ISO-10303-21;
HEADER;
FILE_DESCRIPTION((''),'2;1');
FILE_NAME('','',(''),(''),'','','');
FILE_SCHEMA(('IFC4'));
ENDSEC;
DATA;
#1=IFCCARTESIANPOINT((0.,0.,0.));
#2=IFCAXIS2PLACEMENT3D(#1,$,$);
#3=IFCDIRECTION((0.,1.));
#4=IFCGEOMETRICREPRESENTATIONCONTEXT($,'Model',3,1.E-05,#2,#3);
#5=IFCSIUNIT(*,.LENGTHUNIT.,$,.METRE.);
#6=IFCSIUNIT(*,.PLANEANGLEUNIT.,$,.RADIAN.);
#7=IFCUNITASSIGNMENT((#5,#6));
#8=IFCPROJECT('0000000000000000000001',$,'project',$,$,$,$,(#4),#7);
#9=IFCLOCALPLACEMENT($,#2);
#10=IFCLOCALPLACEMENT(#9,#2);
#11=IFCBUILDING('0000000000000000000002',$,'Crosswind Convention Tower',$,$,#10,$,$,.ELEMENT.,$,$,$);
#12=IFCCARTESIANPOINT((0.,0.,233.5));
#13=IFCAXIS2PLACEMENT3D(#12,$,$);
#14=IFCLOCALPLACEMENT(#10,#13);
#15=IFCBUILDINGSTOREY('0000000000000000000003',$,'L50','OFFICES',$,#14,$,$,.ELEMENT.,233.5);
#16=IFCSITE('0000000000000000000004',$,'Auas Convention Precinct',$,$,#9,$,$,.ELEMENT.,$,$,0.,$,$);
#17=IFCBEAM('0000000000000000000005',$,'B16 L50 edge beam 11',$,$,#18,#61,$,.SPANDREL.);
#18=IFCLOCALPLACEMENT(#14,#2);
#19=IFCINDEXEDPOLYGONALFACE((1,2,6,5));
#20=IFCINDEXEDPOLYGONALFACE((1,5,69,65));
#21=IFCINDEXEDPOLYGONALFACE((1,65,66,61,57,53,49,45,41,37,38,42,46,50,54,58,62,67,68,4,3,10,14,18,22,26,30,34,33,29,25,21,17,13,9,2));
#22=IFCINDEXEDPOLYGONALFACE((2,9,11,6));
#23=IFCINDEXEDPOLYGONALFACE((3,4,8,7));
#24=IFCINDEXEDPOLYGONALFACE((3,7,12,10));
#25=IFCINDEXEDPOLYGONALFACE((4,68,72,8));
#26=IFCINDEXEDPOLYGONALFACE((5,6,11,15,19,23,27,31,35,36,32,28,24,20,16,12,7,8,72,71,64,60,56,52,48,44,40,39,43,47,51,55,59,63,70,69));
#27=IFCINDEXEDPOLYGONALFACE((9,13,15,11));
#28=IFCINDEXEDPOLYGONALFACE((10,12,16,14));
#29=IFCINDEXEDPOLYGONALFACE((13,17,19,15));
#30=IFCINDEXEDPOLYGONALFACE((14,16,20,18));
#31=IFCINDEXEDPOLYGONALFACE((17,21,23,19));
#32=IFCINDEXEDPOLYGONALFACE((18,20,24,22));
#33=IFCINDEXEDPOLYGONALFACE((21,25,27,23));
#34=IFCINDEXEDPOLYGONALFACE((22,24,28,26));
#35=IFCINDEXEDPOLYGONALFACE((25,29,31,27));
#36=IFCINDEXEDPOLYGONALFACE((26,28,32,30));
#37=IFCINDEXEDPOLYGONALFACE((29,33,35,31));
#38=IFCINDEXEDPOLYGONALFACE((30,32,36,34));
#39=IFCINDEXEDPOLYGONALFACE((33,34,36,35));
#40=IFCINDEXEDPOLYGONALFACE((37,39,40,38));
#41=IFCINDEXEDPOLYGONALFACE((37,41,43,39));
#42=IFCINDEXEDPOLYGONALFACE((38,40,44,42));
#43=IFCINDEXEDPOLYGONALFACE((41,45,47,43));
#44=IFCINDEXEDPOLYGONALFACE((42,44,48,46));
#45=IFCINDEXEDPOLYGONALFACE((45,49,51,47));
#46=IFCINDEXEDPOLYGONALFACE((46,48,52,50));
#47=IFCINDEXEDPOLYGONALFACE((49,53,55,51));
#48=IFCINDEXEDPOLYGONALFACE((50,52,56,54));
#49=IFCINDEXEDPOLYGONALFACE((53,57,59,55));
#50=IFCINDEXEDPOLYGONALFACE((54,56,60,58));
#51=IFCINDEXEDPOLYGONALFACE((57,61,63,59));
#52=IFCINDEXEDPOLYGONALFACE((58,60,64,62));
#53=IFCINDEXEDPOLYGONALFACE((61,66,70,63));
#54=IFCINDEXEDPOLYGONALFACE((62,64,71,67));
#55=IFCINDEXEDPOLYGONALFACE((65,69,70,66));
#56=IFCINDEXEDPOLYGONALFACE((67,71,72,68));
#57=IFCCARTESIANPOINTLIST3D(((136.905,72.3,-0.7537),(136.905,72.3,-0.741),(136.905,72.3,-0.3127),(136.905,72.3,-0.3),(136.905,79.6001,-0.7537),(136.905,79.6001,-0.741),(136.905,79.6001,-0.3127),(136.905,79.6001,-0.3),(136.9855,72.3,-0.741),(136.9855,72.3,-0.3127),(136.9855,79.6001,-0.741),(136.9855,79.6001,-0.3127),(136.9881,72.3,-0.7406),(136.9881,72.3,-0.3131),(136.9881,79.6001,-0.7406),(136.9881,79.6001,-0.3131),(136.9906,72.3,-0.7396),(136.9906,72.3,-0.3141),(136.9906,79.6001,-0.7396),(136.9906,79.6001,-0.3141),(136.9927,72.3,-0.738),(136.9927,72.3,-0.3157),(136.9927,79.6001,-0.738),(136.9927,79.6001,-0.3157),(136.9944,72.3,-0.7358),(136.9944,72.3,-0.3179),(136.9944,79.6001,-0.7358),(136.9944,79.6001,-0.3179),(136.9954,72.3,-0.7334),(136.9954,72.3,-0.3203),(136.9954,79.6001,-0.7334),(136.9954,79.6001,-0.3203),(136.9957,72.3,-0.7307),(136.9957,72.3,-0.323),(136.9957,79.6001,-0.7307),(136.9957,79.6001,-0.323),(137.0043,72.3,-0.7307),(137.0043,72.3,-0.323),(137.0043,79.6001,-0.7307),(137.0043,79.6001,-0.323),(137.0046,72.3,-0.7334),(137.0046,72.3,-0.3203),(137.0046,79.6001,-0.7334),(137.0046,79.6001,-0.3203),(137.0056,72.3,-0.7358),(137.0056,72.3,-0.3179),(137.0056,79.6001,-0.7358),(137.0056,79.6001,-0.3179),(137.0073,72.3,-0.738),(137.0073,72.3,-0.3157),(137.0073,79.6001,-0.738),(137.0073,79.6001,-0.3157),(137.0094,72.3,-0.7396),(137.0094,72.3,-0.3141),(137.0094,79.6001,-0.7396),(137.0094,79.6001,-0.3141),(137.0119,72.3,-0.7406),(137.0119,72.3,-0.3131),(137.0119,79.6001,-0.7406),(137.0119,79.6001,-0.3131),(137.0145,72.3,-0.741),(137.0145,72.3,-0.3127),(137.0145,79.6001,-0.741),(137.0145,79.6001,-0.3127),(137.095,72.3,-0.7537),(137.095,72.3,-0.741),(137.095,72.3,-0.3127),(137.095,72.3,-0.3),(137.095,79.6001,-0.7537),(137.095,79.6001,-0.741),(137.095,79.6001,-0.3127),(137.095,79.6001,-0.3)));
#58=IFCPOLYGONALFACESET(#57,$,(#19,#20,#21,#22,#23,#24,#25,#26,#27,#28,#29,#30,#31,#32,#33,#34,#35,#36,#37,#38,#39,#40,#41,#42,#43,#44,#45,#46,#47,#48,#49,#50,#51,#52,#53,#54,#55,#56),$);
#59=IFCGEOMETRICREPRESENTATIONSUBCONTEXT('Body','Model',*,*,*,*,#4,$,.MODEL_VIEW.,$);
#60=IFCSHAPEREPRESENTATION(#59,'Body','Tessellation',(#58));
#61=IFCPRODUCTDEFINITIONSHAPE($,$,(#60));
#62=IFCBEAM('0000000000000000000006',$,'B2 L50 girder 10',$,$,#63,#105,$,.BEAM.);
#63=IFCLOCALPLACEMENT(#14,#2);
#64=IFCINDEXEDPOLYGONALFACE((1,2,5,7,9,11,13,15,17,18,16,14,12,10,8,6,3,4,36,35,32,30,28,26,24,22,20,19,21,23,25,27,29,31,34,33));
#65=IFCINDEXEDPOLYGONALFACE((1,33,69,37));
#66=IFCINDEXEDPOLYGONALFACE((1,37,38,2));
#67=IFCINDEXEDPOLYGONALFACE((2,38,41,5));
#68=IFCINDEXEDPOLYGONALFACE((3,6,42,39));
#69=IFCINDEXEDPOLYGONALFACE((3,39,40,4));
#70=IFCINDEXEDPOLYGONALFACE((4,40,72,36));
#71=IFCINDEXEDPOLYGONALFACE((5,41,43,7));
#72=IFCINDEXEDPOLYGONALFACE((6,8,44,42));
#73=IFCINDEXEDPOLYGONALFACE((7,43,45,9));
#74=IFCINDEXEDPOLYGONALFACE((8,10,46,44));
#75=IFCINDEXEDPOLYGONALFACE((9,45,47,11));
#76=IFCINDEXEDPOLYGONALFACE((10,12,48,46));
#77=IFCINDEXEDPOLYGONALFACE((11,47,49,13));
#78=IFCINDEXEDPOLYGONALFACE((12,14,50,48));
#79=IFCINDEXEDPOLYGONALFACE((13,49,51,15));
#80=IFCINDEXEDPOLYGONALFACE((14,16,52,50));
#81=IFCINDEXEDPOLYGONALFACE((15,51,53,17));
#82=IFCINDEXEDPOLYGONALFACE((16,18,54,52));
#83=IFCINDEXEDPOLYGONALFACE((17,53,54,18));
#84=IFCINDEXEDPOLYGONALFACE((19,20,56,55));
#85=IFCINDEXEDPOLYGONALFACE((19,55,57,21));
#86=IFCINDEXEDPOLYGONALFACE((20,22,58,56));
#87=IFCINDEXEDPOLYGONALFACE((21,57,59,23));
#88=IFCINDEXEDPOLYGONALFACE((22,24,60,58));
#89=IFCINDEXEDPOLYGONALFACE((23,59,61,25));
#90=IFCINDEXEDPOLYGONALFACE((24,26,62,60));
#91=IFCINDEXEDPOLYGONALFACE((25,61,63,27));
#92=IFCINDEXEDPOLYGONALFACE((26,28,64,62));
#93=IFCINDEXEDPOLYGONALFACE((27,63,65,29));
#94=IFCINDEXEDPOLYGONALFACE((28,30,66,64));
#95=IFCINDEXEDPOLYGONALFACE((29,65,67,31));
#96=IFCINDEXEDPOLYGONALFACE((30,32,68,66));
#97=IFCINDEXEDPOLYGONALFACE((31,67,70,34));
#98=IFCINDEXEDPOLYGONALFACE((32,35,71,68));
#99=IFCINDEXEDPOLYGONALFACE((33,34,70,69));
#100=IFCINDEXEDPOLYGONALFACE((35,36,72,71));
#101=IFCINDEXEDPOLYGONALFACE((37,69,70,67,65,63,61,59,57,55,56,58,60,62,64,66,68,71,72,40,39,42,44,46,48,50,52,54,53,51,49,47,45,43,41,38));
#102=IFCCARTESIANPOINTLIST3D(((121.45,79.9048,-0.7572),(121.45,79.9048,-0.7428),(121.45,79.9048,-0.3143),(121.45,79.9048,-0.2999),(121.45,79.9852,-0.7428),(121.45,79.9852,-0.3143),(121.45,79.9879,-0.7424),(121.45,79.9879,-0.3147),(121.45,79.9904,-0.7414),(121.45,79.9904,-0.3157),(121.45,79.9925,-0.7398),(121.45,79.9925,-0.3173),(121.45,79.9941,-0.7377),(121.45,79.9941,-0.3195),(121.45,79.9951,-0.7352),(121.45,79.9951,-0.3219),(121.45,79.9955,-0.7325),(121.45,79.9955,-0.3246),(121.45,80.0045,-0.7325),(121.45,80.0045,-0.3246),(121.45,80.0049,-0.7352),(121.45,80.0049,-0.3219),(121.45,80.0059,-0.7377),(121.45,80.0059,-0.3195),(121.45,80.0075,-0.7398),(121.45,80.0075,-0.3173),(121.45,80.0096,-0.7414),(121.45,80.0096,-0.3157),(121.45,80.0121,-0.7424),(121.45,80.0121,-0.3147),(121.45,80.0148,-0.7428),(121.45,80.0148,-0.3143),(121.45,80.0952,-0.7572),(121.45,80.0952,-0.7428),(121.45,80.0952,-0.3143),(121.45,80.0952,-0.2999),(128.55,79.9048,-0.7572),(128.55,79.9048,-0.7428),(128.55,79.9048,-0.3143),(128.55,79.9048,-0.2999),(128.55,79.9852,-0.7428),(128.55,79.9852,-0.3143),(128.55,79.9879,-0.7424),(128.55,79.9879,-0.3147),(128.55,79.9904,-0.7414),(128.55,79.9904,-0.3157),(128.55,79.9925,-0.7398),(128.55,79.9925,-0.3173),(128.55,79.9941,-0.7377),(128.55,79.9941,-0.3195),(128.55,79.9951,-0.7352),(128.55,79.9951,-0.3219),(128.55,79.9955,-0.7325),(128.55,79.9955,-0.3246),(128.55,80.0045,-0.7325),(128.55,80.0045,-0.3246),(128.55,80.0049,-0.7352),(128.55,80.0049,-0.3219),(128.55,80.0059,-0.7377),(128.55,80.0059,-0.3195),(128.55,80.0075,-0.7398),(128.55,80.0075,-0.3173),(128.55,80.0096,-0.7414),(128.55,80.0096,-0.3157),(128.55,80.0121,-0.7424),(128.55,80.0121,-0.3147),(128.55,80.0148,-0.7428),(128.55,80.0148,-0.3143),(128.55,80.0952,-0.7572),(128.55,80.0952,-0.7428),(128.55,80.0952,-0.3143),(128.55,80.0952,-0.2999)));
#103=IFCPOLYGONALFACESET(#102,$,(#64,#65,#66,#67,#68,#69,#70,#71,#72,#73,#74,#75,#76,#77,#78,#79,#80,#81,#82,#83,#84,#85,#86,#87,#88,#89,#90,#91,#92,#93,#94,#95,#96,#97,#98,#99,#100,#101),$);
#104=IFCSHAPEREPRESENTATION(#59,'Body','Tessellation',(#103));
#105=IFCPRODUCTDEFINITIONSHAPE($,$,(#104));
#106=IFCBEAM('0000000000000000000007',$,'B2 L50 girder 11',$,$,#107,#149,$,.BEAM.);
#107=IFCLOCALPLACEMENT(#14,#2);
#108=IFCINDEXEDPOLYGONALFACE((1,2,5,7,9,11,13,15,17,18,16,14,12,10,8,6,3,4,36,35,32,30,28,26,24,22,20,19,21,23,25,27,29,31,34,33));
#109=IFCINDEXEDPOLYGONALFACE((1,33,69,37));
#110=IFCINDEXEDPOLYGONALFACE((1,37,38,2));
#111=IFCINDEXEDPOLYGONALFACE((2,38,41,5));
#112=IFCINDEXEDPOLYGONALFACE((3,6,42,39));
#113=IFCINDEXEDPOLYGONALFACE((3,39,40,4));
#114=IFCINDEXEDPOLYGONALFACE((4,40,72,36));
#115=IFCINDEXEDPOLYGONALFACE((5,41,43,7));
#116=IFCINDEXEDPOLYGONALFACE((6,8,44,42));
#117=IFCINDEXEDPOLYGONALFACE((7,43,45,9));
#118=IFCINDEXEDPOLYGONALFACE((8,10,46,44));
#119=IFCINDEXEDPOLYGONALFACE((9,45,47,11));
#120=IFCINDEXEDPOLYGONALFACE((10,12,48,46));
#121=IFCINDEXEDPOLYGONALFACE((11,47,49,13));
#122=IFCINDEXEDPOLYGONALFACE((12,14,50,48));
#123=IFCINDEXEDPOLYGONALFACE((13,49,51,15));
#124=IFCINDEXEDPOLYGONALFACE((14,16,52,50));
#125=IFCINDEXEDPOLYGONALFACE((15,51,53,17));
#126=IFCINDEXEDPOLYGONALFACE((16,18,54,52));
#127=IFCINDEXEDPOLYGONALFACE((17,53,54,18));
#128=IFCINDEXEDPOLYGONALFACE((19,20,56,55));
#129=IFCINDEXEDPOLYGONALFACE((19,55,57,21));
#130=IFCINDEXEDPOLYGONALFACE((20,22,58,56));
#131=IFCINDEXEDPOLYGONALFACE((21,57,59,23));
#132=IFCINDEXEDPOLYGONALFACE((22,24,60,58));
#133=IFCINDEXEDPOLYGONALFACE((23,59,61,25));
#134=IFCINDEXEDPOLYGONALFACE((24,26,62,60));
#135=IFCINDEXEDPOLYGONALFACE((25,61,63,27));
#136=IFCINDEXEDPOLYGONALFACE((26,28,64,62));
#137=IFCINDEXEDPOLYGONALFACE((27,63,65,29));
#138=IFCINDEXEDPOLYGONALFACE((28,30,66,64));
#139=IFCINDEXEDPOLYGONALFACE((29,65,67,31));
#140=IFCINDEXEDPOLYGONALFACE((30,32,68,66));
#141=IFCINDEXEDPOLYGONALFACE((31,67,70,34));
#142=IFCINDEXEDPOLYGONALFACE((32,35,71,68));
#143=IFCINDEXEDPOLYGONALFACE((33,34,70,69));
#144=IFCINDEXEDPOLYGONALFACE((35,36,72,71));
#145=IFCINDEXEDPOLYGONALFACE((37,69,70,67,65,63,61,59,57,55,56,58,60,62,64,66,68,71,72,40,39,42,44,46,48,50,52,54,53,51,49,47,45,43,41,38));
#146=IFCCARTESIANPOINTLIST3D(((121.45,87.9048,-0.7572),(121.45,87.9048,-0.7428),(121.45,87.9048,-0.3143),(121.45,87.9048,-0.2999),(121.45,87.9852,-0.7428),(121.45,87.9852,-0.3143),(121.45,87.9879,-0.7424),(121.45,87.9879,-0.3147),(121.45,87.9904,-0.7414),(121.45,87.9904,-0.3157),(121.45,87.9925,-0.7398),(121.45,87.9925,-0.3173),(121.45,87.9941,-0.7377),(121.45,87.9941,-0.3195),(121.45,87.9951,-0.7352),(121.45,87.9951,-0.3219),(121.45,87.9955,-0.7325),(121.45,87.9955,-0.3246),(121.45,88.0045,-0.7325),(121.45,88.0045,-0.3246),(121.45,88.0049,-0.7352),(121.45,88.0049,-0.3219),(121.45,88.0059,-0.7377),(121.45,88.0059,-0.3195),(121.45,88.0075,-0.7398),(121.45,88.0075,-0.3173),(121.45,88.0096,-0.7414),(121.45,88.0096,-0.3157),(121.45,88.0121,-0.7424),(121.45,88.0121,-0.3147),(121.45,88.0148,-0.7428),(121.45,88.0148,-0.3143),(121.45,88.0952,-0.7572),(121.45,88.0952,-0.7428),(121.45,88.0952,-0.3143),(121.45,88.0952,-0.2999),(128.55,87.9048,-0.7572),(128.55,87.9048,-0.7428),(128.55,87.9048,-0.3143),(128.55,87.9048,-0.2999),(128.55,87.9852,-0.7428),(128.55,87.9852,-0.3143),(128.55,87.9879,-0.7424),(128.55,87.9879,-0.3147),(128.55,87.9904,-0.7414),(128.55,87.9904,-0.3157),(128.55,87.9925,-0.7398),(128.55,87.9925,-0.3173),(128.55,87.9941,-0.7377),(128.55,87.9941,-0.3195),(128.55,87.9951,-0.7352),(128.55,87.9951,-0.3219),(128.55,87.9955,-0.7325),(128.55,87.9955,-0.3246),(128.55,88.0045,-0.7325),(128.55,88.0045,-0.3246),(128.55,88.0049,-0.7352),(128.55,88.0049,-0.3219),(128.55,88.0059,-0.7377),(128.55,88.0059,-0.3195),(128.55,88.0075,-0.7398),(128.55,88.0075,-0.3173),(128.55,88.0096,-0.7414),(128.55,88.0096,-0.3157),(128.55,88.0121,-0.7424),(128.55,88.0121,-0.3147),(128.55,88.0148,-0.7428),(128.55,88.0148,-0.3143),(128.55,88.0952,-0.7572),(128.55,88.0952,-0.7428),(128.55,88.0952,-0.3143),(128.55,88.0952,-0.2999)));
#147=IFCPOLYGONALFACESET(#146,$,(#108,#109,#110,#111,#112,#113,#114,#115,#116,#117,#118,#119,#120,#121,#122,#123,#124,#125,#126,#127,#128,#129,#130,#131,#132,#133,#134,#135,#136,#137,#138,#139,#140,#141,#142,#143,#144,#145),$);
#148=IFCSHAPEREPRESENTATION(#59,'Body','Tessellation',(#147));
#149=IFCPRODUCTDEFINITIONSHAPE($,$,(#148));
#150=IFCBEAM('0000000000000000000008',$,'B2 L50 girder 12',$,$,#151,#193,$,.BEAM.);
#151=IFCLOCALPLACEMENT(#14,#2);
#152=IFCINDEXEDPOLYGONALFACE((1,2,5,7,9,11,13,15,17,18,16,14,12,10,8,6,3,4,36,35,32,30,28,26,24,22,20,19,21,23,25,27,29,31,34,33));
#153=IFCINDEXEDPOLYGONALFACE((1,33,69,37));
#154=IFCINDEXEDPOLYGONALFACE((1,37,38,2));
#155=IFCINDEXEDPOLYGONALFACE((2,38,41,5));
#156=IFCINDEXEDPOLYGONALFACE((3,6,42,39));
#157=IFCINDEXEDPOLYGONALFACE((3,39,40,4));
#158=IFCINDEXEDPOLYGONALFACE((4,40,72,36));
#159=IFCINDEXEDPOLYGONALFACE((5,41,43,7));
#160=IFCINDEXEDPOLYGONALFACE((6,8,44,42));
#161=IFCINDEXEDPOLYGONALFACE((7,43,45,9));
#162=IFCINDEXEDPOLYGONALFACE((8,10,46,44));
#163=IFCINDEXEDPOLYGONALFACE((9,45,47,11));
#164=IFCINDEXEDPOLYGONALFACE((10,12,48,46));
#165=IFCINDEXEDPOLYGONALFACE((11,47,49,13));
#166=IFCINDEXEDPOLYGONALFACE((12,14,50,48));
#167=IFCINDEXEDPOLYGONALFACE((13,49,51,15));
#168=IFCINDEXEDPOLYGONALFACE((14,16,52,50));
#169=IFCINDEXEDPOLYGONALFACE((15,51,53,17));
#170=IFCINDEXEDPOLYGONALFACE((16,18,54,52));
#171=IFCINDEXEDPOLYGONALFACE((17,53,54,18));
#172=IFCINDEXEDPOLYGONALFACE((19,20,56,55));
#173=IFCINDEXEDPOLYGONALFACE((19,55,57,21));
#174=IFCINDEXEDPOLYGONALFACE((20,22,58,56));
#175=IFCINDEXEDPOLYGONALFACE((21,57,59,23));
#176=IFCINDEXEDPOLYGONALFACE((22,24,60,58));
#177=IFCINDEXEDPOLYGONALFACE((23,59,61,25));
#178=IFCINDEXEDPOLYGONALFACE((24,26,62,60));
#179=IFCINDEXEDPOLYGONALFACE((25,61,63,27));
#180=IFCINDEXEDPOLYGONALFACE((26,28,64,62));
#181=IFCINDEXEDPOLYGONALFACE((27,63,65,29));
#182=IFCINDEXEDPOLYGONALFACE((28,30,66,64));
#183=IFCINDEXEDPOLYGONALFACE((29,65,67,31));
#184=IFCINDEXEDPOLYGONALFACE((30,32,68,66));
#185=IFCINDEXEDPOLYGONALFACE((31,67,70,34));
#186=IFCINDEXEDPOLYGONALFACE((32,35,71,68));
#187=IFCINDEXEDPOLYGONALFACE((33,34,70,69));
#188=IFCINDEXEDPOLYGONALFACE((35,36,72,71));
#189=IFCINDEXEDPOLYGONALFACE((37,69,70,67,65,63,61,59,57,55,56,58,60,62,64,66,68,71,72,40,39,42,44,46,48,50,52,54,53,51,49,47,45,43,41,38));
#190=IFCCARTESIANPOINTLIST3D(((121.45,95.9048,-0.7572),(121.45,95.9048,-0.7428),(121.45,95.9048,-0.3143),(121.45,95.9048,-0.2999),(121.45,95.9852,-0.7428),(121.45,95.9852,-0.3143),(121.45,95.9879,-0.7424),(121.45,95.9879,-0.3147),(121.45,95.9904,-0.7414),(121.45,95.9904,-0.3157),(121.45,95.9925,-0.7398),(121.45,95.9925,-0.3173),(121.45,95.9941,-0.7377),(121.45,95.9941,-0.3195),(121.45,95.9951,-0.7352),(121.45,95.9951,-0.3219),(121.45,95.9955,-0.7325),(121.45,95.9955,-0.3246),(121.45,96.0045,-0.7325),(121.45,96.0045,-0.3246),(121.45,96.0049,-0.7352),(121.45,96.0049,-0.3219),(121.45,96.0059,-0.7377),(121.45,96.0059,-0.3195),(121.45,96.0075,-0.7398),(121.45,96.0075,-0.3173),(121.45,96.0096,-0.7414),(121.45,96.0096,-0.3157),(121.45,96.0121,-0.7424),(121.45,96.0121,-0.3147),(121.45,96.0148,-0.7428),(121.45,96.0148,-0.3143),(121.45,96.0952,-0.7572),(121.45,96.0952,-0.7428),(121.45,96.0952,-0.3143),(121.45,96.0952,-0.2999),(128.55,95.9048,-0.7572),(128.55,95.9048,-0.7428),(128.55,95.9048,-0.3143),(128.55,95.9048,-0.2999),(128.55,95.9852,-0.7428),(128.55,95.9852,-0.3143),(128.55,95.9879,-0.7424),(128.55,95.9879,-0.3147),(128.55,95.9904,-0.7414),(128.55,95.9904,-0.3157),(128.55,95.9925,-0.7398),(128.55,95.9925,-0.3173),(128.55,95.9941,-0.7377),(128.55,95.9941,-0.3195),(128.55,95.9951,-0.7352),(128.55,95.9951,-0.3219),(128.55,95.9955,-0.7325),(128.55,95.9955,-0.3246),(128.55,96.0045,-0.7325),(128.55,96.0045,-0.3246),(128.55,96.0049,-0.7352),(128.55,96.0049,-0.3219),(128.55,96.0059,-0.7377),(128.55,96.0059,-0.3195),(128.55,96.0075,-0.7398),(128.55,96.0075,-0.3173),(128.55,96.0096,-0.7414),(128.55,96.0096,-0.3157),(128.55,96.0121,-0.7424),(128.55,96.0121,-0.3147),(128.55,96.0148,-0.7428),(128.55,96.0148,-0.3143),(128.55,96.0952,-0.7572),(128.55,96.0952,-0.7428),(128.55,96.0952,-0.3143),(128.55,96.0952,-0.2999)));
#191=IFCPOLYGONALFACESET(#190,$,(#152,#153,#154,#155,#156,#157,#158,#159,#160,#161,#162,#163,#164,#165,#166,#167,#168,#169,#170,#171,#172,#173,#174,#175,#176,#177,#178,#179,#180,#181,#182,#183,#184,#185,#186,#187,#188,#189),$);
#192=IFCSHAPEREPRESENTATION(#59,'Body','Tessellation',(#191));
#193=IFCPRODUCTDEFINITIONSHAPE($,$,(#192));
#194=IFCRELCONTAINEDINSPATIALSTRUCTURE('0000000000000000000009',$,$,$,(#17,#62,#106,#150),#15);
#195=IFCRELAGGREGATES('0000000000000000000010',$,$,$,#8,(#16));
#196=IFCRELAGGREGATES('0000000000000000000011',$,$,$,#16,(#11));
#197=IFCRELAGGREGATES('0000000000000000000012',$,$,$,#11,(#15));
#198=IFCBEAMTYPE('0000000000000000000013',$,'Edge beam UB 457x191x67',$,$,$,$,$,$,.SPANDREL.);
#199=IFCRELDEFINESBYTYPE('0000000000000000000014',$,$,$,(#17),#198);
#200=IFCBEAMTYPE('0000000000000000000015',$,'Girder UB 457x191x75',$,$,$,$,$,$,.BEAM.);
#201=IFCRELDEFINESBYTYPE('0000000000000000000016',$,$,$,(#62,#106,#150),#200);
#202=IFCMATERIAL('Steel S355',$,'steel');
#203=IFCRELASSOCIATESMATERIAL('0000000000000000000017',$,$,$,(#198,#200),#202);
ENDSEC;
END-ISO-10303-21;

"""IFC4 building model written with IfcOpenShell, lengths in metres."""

from ifc_helpers import new_model, si_unit, direction, frame, origin, origin_2d, place, context, subcontext, project, spatial, i_section, extrude, material, material_profile, profile_set, type_object, element, save


model = new_model("IFC4")

# Units and contexts
model_context = context("Model", 3, precision=1e-05, world=origin(), true_north=direction((0.0, 1.0)))
body_context = subcontext(model_context, "Body", "Model", "MODEL_VIEW")
ifc_project = project(units=[si_unit("LENGTHUNIT", "METRE"), si_unit("PLANEANGLEUNIT", "RADIAN")], contexts=[model_context])

# Site, building, storey
site_placement = place(None, origin())
site = spatial("IfcSite", under=ifc_project, at=site_placement, Name="Auas Convention Precinct", CompositionType="ELEMENT", RefElevation=0.0)
building_placement = place(site_placement, origin())
building = spatial("IfcBuilding", under=site, at=building_placement, Name="Crosswind Convention Tower", CompositionType="ELEMENT")
storey_placement = place(building_placement, frame((0.0, 0.0, 233.5)))
storey = spatial("IfcBuildingStorey", under=building, at=storey_placement, Name="L50", Description="OFFICES", CompositionType="ELEMENT", Elevation=233.5)

# Beams
ifc_material_1 = material(Name="Steel S355", Category="steel")
ifc_material_profile_1 = material_profile(ifc_material_1, i_section(OverallWidth=0.1899, OverallDepth=0.4536, WebThickness=0.0085, FlangeThickness=0.0127, FilletRadius=0.0103, at=origin_2d()), Name="UB 457x191x67")
ifc_profile_set_1 = profile_set([ifc_material_profile_1], Name="Steel S355")
beam_type_1 = type_object("IfcBeamType", Name="Edge beam UB 457x191x67", PredefinedType="SPANDREL", material=ifc_profile_set_1)
for number, where, z_axis, x_axis, name in (
    (1, (137.0, 72.3, -0.5269), (0.0, 1.0, 0.0), (-1.0, 0.0, 0.0), "B16 L50 edge beam 11"),
):
    element("IfcBeam", number, at=place(storey_placement, frame(where, z_axis=z_axis, x_axis=x_axis)), inside=storey, type_object=beam_type_1, Name=name, PredefinedType="SPANDREL", context=body_context, shape_type="SweptSolid", body=[
        extrude(i_section(OverallWidth=0.1899, OverallDepth=0.4536, WebThickness=0.0085, FlangeThickness=0.0127, FilletRadius=0.0103, at=origin_2d()), origin(), (0.0, 0.0, 1.0), 7.3),
    ])
ifc_material_profile_2 = material_profile(ifc_material_1, i_section(OverallWidth=0.1904, OverallDepth=0.4573, WebThickness=0.009, FlangeThickness=0.0144, FilletRadius=0.0103, at=origin_2d()), Name="UB 457x191x75")
ifc_profile_set_2 = profile_set([ifc_material_profile_2], Name="Steel S355")
beam_type_2 = type_object("IfcBeamType", Name="Girder UB 457x191x75", PredefinedType="BEAM", material=ifc_profile_set_2)
for number, where, z_axis, x_axis, name in (
    (2, (121.45, 80.0, -0.5286), (1.0, 0.0, 0.0), (0.0, 1.0, 0.0), "B2 L50 girder 10"),
    (3, (121.45, 88.0, -0.5286), (1.0, 0.0, 0.0), (0.0, 1.0, 0.0), "B2 L50 girder 11"),
    (4, (121.45, 96.0, -0.5286), (1.0, 0.0, 0.0), (0.0, 1.0, 0.0), "B2 L50 girder 12"),
):
    element("IfcBeam", number, at=place(storey_placement, frame(where, z_axis=z_axis, x_axis=x_axis)), inside=storey, type_object=beam_type_2, Name=name, PredefinedType="BEAM", context=body_context, shape_type="SweptSolid", body=[
        extrude(i_section(OverallWidth=0.1904, OverallDepth=0.4573, WebThickness=0.009, FlangeThickness=0.0144, FilletRadius=0.0103, at=origin_2d()), origin(), (0.0, 0.0, 1.0), 7.1001),
    ])

save(model, "model.ifc")
